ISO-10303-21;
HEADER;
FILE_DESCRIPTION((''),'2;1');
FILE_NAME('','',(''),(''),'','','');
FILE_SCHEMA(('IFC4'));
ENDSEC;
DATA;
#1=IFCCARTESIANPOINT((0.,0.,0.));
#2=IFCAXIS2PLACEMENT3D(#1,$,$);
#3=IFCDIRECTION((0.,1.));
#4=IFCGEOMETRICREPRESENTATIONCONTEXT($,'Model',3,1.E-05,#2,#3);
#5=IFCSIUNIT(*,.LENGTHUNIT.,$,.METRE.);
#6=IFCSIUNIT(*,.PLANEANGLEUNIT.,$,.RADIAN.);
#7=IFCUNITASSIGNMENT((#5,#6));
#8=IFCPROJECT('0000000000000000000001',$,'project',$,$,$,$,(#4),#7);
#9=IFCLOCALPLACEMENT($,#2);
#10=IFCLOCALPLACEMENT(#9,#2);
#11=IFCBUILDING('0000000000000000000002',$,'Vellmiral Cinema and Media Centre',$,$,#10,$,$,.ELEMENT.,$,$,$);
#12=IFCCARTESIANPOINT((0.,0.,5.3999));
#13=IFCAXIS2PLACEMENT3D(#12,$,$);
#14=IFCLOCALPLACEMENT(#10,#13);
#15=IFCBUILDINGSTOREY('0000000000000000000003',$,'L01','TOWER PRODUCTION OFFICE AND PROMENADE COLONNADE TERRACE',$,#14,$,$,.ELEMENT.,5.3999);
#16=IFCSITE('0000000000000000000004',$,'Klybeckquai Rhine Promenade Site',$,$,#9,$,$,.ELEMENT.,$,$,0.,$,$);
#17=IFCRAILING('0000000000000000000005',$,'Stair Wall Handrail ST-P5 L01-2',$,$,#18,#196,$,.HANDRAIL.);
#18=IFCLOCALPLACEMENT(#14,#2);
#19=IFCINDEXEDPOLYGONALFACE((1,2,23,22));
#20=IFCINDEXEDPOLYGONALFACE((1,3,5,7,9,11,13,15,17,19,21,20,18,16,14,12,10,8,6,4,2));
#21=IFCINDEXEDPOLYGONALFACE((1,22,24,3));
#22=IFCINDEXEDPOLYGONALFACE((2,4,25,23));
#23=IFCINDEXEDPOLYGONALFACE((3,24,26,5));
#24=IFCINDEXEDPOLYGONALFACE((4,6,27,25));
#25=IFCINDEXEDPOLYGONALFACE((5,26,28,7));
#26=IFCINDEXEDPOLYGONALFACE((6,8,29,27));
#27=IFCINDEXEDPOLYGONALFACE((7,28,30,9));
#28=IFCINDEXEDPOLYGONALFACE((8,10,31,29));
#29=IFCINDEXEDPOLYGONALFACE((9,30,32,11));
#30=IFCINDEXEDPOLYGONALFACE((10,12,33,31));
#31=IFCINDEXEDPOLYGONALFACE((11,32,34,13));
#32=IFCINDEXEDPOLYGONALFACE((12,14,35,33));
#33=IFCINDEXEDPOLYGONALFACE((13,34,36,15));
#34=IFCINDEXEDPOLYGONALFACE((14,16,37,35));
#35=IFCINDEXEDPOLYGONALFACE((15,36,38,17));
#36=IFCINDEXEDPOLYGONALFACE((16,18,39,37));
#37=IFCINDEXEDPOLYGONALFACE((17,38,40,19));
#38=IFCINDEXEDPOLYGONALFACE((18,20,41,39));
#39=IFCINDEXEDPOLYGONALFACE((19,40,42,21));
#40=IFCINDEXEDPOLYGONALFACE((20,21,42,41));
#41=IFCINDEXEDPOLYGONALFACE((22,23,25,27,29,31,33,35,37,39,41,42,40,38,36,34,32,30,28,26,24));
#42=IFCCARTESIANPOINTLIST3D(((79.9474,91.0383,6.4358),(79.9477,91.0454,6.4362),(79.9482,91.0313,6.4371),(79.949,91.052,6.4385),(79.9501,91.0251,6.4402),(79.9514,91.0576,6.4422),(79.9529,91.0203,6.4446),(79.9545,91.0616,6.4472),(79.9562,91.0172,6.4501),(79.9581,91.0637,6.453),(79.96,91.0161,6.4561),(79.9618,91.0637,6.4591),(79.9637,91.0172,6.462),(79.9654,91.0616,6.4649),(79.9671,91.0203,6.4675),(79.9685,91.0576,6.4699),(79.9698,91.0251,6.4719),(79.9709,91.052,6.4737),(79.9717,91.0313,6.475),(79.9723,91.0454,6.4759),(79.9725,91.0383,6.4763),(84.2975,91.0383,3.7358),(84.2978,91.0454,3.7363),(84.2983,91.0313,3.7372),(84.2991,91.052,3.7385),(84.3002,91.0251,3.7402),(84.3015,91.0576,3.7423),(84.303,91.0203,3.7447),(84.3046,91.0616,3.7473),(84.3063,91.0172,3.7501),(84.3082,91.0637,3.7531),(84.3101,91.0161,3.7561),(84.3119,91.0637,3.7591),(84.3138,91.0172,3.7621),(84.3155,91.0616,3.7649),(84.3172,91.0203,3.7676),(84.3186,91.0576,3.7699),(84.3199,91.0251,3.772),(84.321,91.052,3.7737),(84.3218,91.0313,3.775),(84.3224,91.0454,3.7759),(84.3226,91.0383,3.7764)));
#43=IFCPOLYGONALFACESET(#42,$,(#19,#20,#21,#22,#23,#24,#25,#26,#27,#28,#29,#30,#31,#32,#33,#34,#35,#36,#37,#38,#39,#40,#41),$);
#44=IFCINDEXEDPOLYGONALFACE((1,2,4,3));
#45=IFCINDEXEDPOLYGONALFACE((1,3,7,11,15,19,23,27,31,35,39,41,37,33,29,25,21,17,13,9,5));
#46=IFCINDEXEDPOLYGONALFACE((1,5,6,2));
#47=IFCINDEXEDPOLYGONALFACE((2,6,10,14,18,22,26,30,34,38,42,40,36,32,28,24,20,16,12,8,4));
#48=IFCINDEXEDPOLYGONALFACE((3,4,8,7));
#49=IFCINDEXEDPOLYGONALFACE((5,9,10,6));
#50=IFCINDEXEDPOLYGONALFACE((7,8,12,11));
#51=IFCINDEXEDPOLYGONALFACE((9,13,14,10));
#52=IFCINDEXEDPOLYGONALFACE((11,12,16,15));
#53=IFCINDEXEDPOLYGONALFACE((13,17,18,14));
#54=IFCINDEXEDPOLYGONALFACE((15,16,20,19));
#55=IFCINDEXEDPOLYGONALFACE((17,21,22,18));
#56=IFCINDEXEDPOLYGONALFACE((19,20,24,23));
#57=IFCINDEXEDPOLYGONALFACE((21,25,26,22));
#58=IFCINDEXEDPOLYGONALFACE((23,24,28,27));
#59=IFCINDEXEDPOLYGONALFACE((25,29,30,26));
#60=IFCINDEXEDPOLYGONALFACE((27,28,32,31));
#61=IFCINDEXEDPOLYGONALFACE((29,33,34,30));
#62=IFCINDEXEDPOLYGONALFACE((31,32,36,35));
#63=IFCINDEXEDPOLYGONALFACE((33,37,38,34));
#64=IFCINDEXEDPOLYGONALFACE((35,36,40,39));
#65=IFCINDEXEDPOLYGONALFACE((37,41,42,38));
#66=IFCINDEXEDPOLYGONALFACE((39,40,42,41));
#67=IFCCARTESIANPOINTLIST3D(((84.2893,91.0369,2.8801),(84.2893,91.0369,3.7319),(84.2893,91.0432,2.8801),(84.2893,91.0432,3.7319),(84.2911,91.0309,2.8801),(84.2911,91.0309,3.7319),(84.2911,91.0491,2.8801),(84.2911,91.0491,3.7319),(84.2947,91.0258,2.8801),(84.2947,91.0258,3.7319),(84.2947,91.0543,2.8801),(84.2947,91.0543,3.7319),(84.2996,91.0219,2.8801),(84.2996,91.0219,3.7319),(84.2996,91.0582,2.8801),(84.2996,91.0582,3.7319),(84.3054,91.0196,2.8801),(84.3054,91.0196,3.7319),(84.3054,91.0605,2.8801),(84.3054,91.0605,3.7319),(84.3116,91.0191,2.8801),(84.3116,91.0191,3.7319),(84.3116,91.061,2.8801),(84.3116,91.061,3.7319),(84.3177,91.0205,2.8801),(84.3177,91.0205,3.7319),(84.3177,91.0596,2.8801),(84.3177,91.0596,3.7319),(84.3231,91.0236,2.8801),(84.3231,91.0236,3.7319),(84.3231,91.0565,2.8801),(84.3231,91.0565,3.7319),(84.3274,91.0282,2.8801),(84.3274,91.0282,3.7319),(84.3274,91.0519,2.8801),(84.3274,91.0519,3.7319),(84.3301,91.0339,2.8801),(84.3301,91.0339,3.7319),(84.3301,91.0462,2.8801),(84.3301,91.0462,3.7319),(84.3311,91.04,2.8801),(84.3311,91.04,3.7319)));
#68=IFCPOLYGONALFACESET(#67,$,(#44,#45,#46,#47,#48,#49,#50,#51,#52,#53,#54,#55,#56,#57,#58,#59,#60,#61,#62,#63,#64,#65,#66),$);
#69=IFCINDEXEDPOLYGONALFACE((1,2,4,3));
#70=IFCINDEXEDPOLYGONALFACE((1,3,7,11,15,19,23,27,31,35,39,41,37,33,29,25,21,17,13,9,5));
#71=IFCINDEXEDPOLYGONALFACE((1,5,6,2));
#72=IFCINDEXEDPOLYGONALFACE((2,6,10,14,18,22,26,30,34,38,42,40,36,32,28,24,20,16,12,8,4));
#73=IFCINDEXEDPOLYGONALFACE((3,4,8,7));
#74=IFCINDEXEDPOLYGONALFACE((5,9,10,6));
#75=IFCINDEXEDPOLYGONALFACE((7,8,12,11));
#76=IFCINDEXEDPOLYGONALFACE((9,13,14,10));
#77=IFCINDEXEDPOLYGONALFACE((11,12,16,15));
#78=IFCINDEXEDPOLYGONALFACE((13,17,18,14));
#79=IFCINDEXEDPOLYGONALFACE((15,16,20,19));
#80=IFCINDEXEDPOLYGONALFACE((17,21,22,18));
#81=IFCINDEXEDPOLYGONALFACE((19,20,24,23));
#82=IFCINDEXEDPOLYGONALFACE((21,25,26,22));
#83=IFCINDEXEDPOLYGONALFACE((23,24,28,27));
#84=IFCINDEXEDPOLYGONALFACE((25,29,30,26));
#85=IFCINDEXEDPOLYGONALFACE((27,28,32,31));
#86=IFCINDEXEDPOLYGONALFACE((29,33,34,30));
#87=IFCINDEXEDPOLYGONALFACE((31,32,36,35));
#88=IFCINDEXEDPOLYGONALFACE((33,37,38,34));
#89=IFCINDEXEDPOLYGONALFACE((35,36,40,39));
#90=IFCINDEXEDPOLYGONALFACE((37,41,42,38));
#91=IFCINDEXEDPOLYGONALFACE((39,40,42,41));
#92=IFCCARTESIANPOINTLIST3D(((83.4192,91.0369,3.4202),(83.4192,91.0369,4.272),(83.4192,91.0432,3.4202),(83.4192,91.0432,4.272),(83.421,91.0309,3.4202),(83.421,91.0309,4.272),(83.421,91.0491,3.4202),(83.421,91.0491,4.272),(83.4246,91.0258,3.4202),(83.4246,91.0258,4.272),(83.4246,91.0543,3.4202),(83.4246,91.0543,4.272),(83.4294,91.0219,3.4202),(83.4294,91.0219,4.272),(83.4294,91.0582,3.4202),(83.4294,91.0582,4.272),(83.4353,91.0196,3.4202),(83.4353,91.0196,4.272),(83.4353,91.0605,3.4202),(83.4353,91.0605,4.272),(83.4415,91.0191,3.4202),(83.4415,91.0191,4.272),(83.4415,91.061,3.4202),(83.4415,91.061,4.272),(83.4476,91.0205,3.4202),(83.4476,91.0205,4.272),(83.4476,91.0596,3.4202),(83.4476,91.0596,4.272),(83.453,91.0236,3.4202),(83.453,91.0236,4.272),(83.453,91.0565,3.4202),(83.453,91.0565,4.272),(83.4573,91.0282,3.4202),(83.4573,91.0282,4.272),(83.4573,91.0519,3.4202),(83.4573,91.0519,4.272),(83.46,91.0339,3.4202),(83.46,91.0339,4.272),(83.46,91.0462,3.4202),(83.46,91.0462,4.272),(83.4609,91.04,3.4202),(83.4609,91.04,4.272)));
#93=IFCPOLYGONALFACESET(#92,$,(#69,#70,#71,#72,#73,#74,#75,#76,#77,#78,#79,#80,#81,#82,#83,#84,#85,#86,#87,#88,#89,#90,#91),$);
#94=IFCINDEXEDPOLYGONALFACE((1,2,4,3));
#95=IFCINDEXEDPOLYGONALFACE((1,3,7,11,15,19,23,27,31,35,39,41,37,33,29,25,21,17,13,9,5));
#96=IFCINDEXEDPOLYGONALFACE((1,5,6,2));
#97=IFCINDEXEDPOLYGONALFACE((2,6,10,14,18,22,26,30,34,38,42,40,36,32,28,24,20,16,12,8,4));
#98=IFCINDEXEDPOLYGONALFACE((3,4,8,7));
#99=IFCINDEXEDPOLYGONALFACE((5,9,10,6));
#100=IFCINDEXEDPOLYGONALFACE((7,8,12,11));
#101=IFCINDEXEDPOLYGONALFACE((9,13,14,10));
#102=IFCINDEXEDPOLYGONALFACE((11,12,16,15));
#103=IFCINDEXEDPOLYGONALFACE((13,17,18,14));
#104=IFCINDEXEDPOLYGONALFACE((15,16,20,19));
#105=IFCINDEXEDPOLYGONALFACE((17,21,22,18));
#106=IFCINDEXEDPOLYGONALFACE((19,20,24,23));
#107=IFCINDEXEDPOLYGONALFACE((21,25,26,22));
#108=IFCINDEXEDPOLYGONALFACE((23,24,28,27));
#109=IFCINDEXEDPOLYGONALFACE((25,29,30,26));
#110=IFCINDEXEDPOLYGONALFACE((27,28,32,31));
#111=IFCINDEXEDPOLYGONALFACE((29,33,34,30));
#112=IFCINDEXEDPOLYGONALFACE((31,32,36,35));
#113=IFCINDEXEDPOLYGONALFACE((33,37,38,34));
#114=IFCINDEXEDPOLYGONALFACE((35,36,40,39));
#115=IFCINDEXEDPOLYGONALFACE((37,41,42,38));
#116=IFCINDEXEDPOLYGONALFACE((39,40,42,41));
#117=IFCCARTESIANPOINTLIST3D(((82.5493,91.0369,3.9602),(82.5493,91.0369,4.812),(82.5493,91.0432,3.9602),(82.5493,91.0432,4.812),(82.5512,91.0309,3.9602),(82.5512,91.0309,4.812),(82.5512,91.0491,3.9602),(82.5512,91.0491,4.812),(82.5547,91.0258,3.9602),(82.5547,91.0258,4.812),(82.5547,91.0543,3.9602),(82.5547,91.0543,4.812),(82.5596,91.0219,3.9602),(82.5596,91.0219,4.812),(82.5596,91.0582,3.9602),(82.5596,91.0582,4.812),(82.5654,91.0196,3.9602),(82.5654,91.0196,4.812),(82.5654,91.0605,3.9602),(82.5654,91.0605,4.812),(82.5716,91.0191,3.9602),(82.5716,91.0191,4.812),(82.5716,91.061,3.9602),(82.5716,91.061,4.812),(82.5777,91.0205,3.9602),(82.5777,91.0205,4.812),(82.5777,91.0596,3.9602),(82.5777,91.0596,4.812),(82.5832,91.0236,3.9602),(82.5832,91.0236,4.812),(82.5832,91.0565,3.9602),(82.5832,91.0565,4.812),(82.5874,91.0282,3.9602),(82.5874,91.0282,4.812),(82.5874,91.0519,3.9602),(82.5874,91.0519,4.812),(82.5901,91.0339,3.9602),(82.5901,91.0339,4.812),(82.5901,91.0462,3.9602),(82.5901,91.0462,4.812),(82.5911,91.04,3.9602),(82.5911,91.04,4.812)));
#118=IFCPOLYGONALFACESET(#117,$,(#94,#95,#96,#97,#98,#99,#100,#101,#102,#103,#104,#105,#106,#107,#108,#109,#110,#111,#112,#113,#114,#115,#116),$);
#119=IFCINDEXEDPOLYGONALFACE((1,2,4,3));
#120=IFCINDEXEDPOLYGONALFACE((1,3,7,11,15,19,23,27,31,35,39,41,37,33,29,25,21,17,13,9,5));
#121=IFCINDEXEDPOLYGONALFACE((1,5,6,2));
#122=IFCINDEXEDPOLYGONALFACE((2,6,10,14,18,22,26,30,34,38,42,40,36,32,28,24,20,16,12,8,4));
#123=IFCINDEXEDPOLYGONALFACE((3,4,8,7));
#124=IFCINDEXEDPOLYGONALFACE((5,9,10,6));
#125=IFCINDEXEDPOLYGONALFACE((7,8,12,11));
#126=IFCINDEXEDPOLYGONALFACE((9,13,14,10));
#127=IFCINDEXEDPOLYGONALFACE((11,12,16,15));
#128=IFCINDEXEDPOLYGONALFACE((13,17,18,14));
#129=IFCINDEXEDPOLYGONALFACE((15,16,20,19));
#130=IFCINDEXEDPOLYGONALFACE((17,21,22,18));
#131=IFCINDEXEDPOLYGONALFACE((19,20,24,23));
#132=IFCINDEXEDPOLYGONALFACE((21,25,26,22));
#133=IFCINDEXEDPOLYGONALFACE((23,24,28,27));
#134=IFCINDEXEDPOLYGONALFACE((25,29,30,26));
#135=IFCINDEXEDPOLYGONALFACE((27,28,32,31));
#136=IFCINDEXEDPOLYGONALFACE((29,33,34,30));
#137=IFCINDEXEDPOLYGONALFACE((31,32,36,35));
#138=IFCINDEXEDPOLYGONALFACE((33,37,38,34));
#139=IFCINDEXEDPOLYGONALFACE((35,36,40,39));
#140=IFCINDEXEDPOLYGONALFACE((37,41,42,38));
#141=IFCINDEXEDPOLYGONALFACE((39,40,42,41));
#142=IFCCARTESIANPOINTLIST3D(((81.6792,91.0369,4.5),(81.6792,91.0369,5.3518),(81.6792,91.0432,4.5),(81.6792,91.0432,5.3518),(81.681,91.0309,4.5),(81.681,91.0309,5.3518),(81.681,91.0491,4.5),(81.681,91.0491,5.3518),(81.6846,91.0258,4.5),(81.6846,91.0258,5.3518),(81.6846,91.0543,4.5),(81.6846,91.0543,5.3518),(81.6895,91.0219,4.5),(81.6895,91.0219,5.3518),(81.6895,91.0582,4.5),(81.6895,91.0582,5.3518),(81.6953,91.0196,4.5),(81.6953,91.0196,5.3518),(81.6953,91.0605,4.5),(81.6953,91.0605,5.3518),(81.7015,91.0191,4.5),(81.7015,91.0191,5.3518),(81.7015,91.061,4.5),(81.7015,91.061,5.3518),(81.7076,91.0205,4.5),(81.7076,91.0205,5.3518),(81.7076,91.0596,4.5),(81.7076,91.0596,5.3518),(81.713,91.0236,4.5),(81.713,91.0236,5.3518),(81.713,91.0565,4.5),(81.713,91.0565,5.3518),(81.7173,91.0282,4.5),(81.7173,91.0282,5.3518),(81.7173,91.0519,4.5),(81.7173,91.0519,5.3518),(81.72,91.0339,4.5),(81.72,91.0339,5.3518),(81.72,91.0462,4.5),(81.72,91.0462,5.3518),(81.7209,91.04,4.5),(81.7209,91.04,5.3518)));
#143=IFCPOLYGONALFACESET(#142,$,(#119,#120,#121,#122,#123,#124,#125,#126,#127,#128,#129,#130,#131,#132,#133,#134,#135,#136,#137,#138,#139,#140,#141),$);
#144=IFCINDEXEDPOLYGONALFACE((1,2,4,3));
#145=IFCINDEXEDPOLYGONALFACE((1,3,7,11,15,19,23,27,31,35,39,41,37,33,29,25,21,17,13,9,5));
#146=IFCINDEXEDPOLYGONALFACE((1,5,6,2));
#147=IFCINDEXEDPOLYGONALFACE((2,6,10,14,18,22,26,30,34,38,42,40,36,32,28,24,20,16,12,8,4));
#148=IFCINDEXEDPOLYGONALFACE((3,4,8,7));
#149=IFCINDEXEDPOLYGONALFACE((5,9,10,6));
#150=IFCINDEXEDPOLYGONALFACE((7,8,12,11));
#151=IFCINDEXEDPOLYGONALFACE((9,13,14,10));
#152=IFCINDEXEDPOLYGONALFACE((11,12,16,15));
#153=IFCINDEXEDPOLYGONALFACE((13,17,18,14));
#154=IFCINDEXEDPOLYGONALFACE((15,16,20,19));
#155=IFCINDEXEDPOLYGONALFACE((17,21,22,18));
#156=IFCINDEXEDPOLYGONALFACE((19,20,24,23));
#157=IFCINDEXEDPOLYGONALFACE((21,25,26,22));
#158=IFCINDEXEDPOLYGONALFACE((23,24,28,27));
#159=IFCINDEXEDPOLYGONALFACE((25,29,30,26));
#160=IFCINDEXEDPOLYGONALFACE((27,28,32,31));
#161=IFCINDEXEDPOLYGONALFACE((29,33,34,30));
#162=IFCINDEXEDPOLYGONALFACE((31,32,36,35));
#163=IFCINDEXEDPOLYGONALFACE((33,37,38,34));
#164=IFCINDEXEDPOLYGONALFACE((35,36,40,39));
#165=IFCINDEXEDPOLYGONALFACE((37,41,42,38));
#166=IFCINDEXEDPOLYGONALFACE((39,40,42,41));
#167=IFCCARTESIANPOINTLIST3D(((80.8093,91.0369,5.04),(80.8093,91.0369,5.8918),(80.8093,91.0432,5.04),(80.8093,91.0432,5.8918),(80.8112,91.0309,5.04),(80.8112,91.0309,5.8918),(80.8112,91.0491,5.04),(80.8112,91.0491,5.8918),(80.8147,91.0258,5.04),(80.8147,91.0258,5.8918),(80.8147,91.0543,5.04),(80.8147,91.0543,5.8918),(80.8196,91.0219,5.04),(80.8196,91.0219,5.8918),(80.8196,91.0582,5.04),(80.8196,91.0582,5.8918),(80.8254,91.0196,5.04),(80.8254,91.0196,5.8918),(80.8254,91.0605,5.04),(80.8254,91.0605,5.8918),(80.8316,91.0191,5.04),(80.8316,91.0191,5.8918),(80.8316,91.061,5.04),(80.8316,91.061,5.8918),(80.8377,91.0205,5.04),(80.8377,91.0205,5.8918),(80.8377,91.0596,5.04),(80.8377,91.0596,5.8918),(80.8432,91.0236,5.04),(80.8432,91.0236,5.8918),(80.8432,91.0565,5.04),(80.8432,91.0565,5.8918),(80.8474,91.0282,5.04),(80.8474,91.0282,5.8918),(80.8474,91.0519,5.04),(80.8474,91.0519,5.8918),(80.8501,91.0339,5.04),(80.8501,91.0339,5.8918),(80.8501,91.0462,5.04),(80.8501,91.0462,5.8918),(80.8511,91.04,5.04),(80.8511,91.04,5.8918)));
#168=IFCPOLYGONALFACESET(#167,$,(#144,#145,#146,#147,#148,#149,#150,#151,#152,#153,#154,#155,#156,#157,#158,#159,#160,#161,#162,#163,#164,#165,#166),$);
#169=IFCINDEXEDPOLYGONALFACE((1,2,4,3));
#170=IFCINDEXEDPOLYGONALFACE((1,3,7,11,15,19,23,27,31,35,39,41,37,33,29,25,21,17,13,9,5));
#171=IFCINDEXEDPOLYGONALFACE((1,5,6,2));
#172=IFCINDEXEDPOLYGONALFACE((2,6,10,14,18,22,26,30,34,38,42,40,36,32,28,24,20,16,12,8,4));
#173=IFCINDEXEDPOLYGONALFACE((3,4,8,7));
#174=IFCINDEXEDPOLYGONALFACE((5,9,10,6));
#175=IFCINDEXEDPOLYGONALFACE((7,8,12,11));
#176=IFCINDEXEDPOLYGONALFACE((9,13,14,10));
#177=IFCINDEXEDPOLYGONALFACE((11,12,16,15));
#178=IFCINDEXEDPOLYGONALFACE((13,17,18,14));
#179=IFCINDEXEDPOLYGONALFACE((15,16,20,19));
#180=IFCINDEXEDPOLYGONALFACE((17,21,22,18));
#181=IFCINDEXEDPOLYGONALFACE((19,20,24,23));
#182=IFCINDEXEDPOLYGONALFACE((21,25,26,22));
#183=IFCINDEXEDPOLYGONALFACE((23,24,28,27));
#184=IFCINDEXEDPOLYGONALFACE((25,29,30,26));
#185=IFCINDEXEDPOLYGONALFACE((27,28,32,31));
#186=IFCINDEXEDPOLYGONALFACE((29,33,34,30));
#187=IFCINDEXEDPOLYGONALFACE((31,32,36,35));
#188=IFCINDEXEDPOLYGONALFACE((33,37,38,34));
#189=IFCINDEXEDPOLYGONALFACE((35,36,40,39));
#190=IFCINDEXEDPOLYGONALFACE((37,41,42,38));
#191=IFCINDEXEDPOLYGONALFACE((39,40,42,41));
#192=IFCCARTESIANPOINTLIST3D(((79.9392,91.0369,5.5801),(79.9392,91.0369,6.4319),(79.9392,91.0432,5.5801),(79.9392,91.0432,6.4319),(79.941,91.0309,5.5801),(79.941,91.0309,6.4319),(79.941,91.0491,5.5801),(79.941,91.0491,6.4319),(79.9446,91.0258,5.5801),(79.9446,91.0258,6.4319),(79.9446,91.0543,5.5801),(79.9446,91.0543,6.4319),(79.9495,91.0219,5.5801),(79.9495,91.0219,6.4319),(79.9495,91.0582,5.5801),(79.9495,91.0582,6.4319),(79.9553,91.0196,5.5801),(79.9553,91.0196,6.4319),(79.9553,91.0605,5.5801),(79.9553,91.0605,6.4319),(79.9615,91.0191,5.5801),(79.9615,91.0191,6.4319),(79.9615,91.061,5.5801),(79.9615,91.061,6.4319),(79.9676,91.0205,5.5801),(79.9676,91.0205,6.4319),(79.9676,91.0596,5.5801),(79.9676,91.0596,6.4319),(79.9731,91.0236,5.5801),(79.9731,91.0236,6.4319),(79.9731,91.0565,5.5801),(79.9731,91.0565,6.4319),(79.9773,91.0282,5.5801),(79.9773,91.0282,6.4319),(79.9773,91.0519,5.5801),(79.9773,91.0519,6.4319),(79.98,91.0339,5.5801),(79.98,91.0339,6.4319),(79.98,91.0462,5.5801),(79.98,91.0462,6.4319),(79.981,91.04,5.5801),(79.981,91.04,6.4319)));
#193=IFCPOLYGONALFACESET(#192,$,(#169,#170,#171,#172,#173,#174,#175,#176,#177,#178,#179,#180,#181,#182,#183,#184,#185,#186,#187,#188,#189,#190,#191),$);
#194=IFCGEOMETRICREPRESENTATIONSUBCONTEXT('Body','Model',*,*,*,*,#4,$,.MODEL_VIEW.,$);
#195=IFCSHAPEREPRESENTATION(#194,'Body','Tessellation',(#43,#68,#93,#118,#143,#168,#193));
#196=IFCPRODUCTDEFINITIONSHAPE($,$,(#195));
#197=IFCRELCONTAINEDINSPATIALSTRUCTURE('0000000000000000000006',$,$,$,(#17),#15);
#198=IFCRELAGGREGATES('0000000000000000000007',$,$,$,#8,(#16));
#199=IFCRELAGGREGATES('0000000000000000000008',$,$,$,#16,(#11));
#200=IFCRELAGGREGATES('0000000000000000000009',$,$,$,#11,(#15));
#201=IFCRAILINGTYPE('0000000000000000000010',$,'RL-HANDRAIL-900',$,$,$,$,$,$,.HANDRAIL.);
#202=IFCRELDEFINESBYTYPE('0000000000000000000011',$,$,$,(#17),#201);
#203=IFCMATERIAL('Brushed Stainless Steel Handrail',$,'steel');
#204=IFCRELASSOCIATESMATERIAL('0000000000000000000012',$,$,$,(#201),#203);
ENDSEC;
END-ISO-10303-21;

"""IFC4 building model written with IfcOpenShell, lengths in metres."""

from ifc_helpers import new_model, si_unit, direction, frame, origin, origin_2d, place, context, subcontext, project, spatial, circle, extrude, material, type_object, element, save


model = new_model("IFC4")

# Units and contexts
model_context = context("Model", 3, precision=1e-05, world=origin(), true_north=direction((0.0, 1.0)))
body_context = subcontext(model_context, "Body", "Model", "MODEL_VIEW")
ifc_project = project(units=[si_unit("LENGTHUNIT", "METRE"), si_unit("PLANEANGLEUNIT", "RADIAN")], contexts=[model_context])

# Site, building, storey
site_placement = place(None, origin())
site = spatial("IfcSite", under=ifc_project, at=site_placement, Name="Klybeckquai Rhine Promenade Site", CompositionType="ELEMENT", RefElevation=0.0)
building_placement = place(site_placement, origin())
building = spatial("IfcBuilding", under=site, at=building_placement, Name="Vellmiral Cinema and Media Centre", CompositionType="ELEMENT")
storey_placement = place(building_placement, frame((0.0, 0.0, 5.3999)))
storey = spatial("IfcBuildingStorey", under=building, at=storey_placement, Name="L01", Description="TOWER PRODUCTION OFFICE AND PROMENADE COLONNADE TERRACE", CompositionType="ELEMENT", Elevation=5.3999)

# Railing
ifc_material_1 = material(Name="Brushed Stainless Steel Handrail", Category="steel")
railing_type_1 = type_object("IfcRailingType", Name="RL-HANDRAIL-900", PredefinedType="HANDRAIL", material=ifc_material_1)
railing_1_placement = place(storey_placement, frame((84.3101, 91.04, 2.8801)))
element("IfcRailing", 1, at=railing_1_placement, inside=storey, type_object=railing_type_1, Name="Stair Wall Handrail ST-P5 L01-2", PredefinedType="HANDRAIL", context=body_context, shape_type="SweptSolid", body=[
    extrude(circle(Radius=0.0239, at=origin_2d()), frame((0.0, 0.0, 0.876), z_axis=(-0.84965, 0.0, 0.527347), x_axis=(0.0, -1.0, 0.0)), (0.0, 0.0, 1.0), 5.1199),
    extrude(circle(Radius=0.021, at=origin_2d()), origin(), (0.0, 0.0, 1.0), 0.8518),
    extrude(circle(Radius=0.021, at=origin_2d()), frame((-0.8701, 0.0, 0.54)), (0.0, 0.0, 1.0), 0.8518),
    extrude(circle(Radius=0.021, at=origin_2d()), frame((-1.74, 0.0, 1.0801)), (0.0, 0.0, 1.0), 0.8518),
    extrude(circle(Radius=0.021, at=origin_2d()), frame((-2.6101, 0.0, 1.6199)), (0.0, 0.0, 1.0), 0.8518),
    extrude(circle(Radius=0.021, at=origin_2d()), frame((-3.48, 0.0, 2.1599)), (0.0, 0.0, 1.0), 0.8518),
    extrude(circle(Radius=0.021, at=origin_2d()), frame((-4.3501, 0.0, 2.7)), (0.0, 0.0, 1.0), 0.8518),
])

save(model, "model.ifc")
